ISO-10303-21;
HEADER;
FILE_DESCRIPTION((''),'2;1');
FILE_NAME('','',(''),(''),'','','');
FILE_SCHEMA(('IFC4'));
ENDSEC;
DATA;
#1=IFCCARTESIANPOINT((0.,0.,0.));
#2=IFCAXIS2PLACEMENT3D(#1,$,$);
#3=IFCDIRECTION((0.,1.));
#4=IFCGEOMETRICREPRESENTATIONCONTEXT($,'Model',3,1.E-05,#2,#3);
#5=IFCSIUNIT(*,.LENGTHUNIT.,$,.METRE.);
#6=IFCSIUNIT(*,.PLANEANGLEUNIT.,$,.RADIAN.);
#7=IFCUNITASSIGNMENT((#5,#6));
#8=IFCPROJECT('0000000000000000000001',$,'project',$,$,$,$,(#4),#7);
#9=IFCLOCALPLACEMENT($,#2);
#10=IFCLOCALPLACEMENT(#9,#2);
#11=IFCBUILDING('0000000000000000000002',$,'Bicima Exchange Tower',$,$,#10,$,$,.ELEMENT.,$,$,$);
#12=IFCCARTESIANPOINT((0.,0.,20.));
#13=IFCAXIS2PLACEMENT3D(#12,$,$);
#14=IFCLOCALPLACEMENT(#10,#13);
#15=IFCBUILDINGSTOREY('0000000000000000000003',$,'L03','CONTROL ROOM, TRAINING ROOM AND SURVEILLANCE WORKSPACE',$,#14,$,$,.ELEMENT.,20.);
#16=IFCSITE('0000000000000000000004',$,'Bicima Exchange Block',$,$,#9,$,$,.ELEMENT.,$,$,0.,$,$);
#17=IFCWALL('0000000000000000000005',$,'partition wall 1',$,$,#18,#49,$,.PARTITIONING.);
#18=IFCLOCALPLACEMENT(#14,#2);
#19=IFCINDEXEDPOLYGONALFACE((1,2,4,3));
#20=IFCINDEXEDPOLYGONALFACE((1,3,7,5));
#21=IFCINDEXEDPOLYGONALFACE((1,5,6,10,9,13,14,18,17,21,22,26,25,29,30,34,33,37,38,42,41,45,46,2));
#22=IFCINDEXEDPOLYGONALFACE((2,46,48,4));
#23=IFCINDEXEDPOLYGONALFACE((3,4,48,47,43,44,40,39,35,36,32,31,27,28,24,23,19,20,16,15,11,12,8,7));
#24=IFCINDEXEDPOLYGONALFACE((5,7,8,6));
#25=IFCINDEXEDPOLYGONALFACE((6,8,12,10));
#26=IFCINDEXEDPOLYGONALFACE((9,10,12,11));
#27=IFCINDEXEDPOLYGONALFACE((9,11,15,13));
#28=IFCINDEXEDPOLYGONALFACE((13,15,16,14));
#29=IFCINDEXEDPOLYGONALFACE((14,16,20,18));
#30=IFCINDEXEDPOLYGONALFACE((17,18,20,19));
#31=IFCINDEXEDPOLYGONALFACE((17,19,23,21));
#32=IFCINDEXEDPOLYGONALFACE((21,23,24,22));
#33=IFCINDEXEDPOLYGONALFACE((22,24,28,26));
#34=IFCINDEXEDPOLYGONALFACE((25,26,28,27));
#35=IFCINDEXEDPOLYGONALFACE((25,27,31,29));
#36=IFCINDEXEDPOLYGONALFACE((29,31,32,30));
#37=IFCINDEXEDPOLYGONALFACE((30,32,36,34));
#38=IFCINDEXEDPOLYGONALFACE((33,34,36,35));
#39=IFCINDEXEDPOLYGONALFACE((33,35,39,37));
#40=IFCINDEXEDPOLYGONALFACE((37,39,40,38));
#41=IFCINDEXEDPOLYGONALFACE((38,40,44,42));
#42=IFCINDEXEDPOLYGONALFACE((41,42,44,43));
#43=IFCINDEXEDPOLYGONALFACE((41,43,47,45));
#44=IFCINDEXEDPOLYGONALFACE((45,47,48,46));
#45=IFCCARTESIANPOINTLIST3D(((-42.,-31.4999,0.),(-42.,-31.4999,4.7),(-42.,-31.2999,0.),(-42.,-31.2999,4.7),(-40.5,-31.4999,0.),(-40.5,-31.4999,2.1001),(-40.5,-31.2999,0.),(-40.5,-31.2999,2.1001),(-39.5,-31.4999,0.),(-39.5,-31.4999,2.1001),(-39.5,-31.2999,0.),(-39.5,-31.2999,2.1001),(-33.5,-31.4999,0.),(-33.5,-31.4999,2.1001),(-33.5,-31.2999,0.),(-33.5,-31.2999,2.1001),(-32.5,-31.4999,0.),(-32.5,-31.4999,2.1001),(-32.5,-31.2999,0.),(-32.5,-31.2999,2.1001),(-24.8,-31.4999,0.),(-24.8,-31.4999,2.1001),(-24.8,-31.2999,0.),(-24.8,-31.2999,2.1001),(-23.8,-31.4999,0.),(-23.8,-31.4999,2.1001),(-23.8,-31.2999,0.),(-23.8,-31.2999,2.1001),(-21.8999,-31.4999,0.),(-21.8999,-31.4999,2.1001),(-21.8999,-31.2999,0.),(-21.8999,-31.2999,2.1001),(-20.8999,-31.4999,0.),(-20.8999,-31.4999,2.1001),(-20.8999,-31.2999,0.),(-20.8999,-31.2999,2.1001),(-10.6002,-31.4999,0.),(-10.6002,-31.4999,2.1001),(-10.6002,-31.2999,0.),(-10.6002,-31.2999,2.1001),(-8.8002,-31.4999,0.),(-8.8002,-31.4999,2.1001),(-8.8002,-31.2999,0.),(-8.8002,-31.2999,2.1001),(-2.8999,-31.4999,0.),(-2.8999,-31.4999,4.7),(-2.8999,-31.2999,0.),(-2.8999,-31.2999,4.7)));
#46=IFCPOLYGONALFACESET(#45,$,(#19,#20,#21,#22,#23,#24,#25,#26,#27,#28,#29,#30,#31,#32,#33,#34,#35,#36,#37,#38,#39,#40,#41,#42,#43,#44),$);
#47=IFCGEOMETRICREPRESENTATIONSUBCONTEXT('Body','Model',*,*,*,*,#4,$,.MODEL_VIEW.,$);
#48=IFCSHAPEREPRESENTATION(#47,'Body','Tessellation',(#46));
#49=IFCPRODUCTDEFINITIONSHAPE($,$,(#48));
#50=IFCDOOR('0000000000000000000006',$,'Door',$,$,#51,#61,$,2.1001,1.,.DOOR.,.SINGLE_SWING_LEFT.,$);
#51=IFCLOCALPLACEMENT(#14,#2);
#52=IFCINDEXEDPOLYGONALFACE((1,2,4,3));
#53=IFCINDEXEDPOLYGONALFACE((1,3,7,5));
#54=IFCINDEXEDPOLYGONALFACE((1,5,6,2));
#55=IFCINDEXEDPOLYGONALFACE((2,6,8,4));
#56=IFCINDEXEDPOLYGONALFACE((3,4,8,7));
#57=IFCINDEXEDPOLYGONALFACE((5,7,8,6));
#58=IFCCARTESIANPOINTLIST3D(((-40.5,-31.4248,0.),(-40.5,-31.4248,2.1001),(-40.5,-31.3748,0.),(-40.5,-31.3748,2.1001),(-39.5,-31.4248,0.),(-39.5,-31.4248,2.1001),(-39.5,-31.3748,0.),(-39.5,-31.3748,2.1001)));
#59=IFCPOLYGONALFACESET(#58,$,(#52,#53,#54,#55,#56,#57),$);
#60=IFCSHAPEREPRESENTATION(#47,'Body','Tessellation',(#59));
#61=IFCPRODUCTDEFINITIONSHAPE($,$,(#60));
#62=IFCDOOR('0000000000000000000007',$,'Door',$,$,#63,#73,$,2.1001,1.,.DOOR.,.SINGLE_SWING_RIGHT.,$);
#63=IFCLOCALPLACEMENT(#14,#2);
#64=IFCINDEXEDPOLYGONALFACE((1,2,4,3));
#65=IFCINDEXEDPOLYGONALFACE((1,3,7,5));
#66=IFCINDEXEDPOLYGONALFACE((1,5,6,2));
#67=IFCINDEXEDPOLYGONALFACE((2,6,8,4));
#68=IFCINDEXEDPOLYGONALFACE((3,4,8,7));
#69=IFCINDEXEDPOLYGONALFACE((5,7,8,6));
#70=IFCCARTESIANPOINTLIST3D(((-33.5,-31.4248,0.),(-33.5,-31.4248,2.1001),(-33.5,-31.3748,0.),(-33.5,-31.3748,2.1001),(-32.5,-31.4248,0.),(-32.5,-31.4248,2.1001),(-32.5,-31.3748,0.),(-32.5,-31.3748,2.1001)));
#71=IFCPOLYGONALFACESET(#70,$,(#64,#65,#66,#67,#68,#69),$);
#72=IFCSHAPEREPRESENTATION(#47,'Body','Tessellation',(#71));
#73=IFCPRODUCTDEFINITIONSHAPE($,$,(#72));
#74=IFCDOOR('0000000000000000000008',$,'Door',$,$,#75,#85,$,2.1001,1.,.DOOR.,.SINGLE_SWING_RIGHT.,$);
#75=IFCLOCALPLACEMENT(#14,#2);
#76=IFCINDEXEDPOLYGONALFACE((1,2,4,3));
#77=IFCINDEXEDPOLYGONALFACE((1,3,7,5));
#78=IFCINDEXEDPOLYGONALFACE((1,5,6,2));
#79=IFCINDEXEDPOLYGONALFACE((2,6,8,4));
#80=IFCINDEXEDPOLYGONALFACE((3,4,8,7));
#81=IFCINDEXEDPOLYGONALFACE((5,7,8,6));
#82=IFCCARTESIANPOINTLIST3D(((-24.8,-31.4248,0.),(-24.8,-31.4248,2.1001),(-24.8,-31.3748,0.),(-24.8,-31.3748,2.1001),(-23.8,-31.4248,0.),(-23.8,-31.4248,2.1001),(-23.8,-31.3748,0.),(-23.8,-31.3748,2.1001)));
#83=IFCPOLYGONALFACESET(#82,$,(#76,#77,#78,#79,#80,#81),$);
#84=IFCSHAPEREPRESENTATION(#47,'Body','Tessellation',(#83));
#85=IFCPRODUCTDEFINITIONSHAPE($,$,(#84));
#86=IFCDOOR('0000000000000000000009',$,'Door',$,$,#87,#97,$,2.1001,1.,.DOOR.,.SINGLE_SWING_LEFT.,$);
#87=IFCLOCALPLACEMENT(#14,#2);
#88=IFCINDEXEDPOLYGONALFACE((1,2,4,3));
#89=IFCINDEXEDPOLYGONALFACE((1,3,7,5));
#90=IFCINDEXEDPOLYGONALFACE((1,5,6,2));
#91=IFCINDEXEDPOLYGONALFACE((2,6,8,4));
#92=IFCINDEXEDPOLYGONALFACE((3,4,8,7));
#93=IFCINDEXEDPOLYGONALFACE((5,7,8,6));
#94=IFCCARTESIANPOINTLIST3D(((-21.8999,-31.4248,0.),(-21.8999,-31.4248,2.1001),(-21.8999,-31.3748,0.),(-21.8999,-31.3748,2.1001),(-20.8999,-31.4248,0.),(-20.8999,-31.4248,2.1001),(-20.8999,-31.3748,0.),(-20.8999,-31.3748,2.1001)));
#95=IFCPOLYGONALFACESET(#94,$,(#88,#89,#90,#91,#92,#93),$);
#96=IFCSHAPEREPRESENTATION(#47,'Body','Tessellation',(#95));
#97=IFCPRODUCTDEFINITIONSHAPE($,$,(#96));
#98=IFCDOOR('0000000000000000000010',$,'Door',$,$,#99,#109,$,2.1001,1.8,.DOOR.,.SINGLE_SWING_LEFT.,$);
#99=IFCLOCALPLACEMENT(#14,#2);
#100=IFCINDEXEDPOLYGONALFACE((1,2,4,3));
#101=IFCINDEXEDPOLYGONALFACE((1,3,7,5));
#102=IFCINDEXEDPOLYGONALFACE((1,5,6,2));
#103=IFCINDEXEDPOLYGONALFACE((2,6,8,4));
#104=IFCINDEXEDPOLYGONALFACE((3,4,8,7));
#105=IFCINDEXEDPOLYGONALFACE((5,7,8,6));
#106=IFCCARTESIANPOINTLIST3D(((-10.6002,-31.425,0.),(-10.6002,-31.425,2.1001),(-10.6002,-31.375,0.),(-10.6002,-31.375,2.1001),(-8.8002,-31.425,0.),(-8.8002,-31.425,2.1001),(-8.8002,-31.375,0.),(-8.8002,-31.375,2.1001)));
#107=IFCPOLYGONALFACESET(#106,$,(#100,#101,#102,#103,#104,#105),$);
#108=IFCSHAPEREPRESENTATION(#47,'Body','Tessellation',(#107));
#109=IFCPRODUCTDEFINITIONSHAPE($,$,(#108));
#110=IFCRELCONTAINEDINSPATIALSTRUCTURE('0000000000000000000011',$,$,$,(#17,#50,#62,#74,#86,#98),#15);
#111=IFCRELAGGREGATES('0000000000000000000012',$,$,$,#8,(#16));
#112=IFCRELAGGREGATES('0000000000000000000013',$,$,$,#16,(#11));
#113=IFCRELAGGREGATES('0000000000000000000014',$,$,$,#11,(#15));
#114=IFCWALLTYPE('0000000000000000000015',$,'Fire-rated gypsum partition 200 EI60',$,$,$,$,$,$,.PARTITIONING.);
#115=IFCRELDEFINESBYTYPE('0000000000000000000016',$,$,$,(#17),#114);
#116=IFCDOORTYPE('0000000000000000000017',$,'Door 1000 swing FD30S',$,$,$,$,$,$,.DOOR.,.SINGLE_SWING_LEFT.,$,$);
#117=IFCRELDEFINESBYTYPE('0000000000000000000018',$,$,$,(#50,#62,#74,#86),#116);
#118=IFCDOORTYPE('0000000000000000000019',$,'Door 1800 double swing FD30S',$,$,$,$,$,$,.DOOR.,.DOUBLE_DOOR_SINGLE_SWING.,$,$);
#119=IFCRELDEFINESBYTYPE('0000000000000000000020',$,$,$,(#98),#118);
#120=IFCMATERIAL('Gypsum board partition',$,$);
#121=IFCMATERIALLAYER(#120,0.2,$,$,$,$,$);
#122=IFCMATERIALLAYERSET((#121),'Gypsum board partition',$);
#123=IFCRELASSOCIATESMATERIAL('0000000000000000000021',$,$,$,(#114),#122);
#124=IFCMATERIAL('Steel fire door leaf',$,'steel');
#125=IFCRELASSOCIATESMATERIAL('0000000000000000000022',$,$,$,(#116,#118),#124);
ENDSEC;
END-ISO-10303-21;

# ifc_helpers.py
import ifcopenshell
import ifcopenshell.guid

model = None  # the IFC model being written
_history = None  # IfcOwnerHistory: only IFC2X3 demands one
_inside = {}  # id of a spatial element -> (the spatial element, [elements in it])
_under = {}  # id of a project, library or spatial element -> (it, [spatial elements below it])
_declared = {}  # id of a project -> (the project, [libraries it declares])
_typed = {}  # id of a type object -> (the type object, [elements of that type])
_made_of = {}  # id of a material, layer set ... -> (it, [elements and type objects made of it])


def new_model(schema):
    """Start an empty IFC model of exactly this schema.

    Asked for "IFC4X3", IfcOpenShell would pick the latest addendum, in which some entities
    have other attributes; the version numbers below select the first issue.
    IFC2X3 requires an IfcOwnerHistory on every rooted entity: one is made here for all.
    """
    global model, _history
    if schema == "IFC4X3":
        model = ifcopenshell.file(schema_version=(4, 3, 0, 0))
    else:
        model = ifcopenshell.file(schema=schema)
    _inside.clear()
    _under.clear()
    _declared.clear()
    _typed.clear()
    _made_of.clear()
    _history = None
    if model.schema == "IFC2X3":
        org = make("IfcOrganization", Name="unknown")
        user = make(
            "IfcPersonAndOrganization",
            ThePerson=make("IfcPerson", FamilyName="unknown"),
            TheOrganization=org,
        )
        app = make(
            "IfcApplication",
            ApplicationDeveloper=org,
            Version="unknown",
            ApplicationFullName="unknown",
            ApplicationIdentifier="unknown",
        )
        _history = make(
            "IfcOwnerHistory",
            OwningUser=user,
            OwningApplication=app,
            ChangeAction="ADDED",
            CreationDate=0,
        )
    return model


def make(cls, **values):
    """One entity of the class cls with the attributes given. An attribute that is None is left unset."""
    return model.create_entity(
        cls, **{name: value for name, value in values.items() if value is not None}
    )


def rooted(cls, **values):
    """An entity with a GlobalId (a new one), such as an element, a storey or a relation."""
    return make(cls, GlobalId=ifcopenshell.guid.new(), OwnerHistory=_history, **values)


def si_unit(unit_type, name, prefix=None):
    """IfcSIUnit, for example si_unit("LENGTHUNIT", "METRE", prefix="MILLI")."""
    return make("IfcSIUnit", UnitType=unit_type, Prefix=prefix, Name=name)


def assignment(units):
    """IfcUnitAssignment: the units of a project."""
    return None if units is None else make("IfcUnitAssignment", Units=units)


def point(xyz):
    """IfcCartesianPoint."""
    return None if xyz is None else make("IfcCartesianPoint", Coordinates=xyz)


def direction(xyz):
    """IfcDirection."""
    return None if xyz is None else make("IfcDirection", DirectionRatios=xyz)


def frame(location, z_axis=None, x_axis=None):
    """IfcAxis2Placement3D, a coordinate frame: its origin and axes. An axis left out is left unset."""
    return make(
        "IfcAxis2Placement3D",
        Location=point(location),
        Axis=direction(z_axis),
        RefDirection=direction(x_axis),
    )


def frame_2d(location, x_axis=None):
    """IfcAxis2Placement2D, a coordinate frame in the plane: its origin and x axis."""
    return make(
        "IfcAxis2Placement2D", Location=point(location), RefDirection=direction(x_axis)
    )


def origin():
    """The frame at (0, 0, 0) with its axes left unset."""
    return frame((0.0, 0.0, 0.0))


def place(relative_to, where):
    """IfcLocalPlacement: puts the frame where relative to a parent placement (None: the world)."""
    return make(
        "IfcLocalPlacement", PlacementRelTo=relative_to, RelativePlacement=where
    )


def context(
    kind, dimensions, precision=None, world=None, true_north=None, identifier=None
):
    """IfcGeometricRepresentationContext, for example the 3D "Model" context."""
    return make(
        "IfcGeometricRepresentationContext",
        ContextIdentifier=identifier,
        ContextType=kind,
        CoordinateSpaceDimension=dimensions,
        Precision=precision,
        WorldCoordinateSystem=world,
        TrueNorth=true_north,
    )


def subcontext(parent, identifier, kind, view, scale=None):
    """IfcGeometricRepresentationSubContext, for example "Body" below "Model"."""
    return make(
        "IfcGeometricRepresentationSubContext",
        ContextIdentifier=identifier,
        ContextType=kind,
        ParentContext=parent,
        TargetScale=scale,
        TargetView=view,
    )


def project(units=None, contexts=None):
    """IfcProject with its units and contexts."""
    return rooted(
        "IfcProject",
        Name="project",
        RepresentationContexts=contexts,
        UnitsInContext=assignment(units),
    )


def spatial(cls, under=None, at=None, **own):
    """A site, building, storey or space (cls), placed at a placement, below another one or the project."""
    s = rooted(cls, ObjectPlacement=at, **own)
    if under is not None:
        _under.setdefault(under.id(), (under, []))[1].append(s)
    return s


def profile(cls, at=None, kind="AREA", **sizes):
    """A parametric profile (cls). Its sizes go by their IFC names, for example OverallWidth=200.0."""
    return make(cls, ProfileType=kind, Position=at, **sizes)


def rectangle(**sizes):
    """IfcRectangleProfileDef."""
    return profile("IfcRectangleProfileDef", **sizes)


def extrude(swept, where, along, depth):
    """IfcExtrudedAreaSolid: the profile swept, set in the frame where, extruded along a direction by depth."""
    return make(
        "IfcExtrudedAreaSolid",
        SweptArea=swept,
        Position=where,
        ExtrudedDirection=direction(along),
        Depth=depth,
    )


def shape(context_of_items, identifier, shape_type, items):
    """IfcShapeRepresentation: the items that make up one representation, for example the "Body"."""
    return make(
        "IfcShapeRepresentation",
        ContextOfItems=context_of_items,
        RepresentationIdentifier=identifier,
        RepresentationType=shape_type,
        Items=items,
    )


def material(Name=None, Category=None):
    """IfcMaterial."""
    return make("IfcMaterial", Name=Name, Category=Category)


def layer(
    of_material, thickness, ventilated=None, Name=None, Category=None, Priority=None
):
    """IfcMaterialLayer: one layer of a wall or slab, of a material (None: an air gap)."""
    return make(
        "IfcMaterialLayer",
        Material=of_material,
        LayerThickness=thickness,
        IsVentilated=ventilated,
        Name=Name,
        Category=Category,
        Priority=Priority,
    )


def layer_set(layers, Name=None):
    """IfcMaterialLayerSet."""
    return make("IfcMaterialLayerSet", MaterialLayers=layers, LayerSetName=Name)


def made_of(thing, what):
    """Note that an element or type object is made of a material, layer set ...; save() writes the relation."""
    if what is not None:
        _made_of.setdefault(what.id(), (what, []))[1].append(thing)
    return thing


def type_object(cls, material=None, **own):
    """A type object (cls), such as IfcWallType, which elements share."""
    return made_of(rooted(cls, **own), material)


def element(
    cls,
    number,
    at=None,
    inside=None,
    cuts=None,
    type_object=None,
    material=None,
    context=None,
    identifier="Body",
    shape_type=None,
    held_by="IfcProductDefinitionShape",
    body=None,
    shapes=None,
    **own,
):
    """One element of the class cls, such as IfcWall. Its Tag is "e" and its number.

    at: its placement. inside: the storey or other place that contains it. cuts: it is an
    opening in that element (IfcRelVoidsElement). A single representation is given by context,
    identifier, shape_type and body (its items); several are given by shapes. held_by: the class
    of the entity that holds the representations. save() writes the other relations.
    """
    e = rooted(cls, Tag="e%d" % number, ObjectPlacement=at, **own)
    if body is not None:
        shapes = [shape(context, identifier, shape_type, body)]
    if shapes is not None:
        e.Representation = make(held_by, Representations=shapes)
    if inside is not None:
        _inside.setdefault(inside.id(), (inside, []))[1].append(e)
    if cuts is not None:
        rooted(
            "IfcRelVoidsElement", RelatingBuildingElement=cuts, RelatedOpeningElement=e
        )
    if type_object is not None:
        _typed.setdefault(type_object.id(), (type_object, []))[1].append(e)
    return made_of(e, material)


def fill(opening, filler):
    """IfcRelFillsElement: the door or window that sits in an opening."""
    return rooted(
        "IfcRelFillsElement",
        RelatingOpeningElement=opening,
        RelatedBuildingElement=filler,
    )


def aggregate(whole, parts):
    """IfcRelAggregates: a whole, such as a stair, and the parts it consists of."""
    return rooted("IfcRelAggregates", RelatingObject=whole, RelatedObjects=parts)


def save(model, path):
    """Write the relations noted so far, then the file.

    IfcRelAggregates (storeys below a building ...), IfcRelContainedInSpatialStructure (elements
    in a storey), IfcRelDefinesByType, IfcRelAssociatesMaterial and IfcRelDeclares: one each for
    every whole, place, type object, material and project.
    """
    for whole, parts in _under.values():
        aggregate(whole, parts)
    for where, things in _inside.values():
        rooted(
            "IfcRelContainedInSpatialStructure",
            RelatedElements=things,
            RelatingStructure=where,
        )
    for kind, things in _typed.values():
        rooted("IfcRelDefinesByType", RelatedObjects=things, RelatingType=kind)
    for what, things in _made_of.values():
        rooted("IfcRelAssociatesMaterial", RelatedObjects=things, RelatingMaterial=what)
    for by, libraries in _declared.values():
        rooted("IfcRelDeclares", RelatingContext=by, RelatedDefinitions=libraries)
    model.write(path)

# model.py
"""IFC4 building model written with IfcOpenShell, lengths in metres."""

from ifc_helpers import new_model, si_unit, direction, frame, frame_2d, origin, place, context, subcontext, project, spatial, rectangle, extrude, material, layer, layer_set, type_object, element, fill, save


model = new_model("IFC4")

# Units and contexts
model_context = context("Model", 3, precision=1e-05, world=origin(), true_north=direction((0.0, 1.0)))
body_context = subcontext(model_context, "Body", "Model", "MODEL_VIEW")
ifc_project = project(units=[si_unit("LENGTHUNIT", "METRE"), si_unit("PLANEANGLEUNIT", "RADIAN")], contexts=[model_context])

# Site, building, storey
site_placement = place(None, origin())
site = spatial("IfcSite", under=ifc_project, at=site_placement, Name="Bicima Exchange Block", CompositionType="ELEMENT", RefElevation=0.0)
building_placement = place(site_placement, origin())
building = spatial("IfcBuilding", under=site, at=building_placement, Name="Bicima Exchange Tower", CompositionType="ELEMENT")
storey_placement = place(building_placement, frame((0.0, 0.0, 20.0)))
storey = spatial("IfcBuildingStorey", under=building, at=storey_placement, Name="L03", Description="CONTROL ROOM, TRAINING ROOM AND SURVEILLANCE WORKSPACE", CompositionType="ELEMENT", Elevation=20.0)

# Wall, openings, doors
ifc_material_1 = material(Name="Gypsum board partition")
ifc_layer_1 = layer(ifc_material_1, 0.2)
ifc_layer_set_1 = layer_set([ifc_layer_1], Name="Gypsum board partition")
wall_type_1 = type_object("IfcWallType", Name="Fire-rated gypsum partition 200 EI60", PredefinedType="PARTITIONING", material=ifc_layer_set_1)
wall_1_placement = place(storey_placement, frame((-42.0, -31.3999, 0.0), z_axis=(0.0, 0.0, 1.0), x_axis=(1.0, 0.0, 0.0)))
wall_1 = element("IfcWall", 1, at=wall_1_placement, inside=storey, type_object=wall_type_1, Name="partition wall 1", PredefinedType="PARTITIONING", context=body_context, shape_type="SweptSolid", body=[
    extrude(rectangle(XDim=39.1001, YDim=0.2, at=frame_2d((19.55, 0.0))), origin(), (0.0, 0.0, 1.0), 4.7),
])
opening_1_placement = place(wall_1_placement, frame((1.5, 0.0, 0.0)))
opening_1 = element("IfcOpeningElement", 2, at=opening_1_placement, cuts=wall_1, PredefinedType="OPENING", context=body_context, shape_type="SweptSolid", body=[
    extrude(rectangle(XDim=1.0, YDim=2.1001, at=frame_2d((0.5, 1.05))), frame((0.0, 0.1118, 0.0), z_axis=(0.0, -1.0, 0.0), x_axis=(1.0, 0.0, 0.0)), (0.0, 0.0, 1.0), 0.2239),
])
opening_2_placement = place(wall_1_placement, frame((8.5, 0.0, 0.0)))
opening_2 = element("IfcOpeningElement", 3, at=opening_2_placement, cuts=wall_1, PredefinedType="OPENING", context=body_context, shape_type="SweptSolid", body=[
    extrude(rectangle(XDim=1.0, YDim=2.1001, at=frame_2d((0.5, 1.05))), frame((0.0, 0.1118, 0.0), z_axis=(0.0, -1.0, 0.0), x_axis=(1.0, 0.0, 0.0)), (0.0, 0.0, 1.0), 0.2239),
])
opening_3_placement = place(wall_1_placement, frame((17.2, 0.0, 0.0)))
opening_3 = element("IfcOpeningElement", 4, at=opening_3_placement, cuts=wall_1, PredefinedType="OPENING", context=body_context, shape_type="SweptSolid", body=[
    extrude(rectangle(XDim=1.0, YDim=2.1001, at=frame_2d((0.5, 1.05))), frame((0.0, 0.1118, 0.0), z_axis=(0.0, -1.0, 0.0), x_axis=(1.0, 0.0, 0.0)), (0.0, 0.0, 1.0), 0.2239),
])
opening_4_placement = place(wall_1_placement, frame((20.1001, 0.0, 0.0)))
opening_4 = element("IfcOpeningElement", 5, at=opening_4_placement, cuts=wall_1, PredefinedType="OPENING", context=body_context, shape_type="SweptSolid", body=[
    extrude(rectangle(XDim=1.0, YDim=2.1001, at=frame_2d((0.5, 1.05))), frame((0.0, 0.1118, 0.0), z_axis=(0.0, -1.0, 0.0), x_axis=(1.0, 0.0, 0.0)), (0.0, 0.0, 1.0), 0.2239),
])
opening_5_placement = place(wall_1_placement, frame((31.3999, 0.0, 0.0)))
opening_5 = element("IfcOpeningElement", 6, at=opening_5_placement, cuts=wall_1, PredefinedType="OPENING", context=body_context, shape_type="SweptSolid", body=[
    extrude(rectangle(XDim=1.8, YDim=2.1001, at=frame_2d((0.8999, 1.05))), frame((0.0, 0.1118, 0.0), z_axis=(0.0, -1.0, 0.0), x_axis=(1.0, 0.0, 0.0)), (0.0, 0.0, 1.0), 0.2239),
])
ifc_material_2 = material(Name="Steel fire door leaf", Category="steel")
door_type_1 = type_object("IfcDoorType", Name="Door 1000 swing FD30S", OperationType="SINGLE_SWING_LEFT", PredefinedType="DOOR", material=ifc_material_2)
door_1_placement = place(opening_1_placement, frame((1.0, 0.0, 0.0), z_axis=(0.0, 0.0, 1.0), x_axis=(-1.0, 0.0, 0.0)))
door_1 = element("IfcDoor", 7, at=door_1_placement, inside=storey, type_object=door_type_1, Name="Door", OperationType="SINGLE_SWING_LEFT", OverallHeight=2.1001, OverallWidth=1.0, PredefinedType="DOOR", context=body_context, shape_type="SweptSolid", body=[
    extrude(rectangle(XDim=1.0, YDim=2.1001, at=frame_2d((0.5, 1.05))), frame((0.0, 0.0249, 0.0), z_axis=(0.0, -1.0, 0.0), x_axis=(1.0, 0.0, 0.0)), (0.0, 0.0, 1.0), 0.05),
])
fill(opening_1, door_1)
door_2_placement = place(opening_2_placement, frame((1.0, 0.0, 0.0), z_axis=(0.0, 0.0, 1.0), x_axis=(-1.0, 0.0, 0.0)))
door_2 = element("IfcDoor", 8, at=door_2_placement, inside=storey, type_object=door_type_1, Name="Door", OperationType="SINGLE_SWING_RIGHT", OverallHeight=2.1001, OverallWidth=1.0, PredefinedType="DOOR", context=body_context, shape_type="SweptSolid", body=[
    extrude(rectangle(XDim=1.0, YDim=2.1001, at=frame_2d((0.5, 1.05))), frame((0.0, 0.0249, 0.0), z_axis=(0.0, -1.0, 0.0), x_axis=(1.0, 0.0, 0.0)), (0.0, 0.0, 1.0), 0.05),
])
fill(opening_2, door_2)
door_3_placement = place(opening_3_placement, frame((1.0, 0.0, 0.0), z_axis=(0.0, 0.0, 1.0), x_axis=(-1.0, 0.0, 0.0)))
door_3 = element("IfcDoor", 9, at=door_3_placement, inside=storey, type_object=door_type_1, Name="Door", OperationType="SINGLE_SWING_RIGHT", OverallHeight=2.1001, OverallWidth=1.0, PredefinedType="DOOR", context=body_context, shape_type="SweptSolid", body=[
    extrude(rectangle(XDim=1.0, YDim=2.1001, at=frame_2d((0.5, 1.05))), frame((0.0, 0.0249, 0.0), z_axis=(0.0, -1.0, 0.0), x_axis=(1.0, 0.0, 0.0)), (0.0, 0.0, 1.0), 0.05),
])
fill(opening_3, door_3)
door_4_placement = place(opening_4_placement, frame((1.0, 0.0, 0.0), z_axis=(0.0, 0.0, 1.0), x_axis=(-1.0, 0.0, 0.0)))
door_4 = element("IfcDoor", 10, at=door_4_placement, inside=storey, type_object=door_type_1, Name="Door", OperationType="SINGLE_SWING_LEFT", OverallHeight=2.1001, OverallWidth=1.0, PredefinedType="DOOR", context=body_context, shape_type="SweptSolid", body=[
    extrude(rectangle(XDim=1.0, YDim=2.1001, at=frame_2d((0.5, 1.05))), frame((0.0, 0.0249, 0.0), z_axis=(0.0, -1.0, 0.0), x_axis=(1.0, 0.0, 0.0)), (0.0, 0.0, 1.0), 0.05),
])
fill(opening_4, door_4)
door_type_2 = type_object("IfcDoorType", Name="Door 1800 double swing FD30S", OperationType="DOUBLE_DOOR_SINGLE_SWING", PredefinedType="DOOR", material=ifc_material_2)
door_5_placement = place(opening_5_placement, origin())
door_5 = element("IfcDoor", 11, at=door_5_placement, inside=storey, type_object=door_type_2, Name="Door", OperationType="SINGLE_SWING_LEFT", OverallHeight=2.1001, OverallWidth=1.8, PredefinedType="DOOR", context=body_context, shape_type="SweptSolid", body=[
    extrude(rectangle(XDim=1.8, YDim=2.1001, at=frame_2d((0.8999, 1.05))), frame((0.0, 0.0249, 0.0), z_axis=(0.0, -1.0, 0.0), x_axis=(1.0, 0.0, 0.0)), (0.0, 0.0, 1.0), 0.05),
])
fill(opening_5, door_5)

save(model, "model.ifc")
